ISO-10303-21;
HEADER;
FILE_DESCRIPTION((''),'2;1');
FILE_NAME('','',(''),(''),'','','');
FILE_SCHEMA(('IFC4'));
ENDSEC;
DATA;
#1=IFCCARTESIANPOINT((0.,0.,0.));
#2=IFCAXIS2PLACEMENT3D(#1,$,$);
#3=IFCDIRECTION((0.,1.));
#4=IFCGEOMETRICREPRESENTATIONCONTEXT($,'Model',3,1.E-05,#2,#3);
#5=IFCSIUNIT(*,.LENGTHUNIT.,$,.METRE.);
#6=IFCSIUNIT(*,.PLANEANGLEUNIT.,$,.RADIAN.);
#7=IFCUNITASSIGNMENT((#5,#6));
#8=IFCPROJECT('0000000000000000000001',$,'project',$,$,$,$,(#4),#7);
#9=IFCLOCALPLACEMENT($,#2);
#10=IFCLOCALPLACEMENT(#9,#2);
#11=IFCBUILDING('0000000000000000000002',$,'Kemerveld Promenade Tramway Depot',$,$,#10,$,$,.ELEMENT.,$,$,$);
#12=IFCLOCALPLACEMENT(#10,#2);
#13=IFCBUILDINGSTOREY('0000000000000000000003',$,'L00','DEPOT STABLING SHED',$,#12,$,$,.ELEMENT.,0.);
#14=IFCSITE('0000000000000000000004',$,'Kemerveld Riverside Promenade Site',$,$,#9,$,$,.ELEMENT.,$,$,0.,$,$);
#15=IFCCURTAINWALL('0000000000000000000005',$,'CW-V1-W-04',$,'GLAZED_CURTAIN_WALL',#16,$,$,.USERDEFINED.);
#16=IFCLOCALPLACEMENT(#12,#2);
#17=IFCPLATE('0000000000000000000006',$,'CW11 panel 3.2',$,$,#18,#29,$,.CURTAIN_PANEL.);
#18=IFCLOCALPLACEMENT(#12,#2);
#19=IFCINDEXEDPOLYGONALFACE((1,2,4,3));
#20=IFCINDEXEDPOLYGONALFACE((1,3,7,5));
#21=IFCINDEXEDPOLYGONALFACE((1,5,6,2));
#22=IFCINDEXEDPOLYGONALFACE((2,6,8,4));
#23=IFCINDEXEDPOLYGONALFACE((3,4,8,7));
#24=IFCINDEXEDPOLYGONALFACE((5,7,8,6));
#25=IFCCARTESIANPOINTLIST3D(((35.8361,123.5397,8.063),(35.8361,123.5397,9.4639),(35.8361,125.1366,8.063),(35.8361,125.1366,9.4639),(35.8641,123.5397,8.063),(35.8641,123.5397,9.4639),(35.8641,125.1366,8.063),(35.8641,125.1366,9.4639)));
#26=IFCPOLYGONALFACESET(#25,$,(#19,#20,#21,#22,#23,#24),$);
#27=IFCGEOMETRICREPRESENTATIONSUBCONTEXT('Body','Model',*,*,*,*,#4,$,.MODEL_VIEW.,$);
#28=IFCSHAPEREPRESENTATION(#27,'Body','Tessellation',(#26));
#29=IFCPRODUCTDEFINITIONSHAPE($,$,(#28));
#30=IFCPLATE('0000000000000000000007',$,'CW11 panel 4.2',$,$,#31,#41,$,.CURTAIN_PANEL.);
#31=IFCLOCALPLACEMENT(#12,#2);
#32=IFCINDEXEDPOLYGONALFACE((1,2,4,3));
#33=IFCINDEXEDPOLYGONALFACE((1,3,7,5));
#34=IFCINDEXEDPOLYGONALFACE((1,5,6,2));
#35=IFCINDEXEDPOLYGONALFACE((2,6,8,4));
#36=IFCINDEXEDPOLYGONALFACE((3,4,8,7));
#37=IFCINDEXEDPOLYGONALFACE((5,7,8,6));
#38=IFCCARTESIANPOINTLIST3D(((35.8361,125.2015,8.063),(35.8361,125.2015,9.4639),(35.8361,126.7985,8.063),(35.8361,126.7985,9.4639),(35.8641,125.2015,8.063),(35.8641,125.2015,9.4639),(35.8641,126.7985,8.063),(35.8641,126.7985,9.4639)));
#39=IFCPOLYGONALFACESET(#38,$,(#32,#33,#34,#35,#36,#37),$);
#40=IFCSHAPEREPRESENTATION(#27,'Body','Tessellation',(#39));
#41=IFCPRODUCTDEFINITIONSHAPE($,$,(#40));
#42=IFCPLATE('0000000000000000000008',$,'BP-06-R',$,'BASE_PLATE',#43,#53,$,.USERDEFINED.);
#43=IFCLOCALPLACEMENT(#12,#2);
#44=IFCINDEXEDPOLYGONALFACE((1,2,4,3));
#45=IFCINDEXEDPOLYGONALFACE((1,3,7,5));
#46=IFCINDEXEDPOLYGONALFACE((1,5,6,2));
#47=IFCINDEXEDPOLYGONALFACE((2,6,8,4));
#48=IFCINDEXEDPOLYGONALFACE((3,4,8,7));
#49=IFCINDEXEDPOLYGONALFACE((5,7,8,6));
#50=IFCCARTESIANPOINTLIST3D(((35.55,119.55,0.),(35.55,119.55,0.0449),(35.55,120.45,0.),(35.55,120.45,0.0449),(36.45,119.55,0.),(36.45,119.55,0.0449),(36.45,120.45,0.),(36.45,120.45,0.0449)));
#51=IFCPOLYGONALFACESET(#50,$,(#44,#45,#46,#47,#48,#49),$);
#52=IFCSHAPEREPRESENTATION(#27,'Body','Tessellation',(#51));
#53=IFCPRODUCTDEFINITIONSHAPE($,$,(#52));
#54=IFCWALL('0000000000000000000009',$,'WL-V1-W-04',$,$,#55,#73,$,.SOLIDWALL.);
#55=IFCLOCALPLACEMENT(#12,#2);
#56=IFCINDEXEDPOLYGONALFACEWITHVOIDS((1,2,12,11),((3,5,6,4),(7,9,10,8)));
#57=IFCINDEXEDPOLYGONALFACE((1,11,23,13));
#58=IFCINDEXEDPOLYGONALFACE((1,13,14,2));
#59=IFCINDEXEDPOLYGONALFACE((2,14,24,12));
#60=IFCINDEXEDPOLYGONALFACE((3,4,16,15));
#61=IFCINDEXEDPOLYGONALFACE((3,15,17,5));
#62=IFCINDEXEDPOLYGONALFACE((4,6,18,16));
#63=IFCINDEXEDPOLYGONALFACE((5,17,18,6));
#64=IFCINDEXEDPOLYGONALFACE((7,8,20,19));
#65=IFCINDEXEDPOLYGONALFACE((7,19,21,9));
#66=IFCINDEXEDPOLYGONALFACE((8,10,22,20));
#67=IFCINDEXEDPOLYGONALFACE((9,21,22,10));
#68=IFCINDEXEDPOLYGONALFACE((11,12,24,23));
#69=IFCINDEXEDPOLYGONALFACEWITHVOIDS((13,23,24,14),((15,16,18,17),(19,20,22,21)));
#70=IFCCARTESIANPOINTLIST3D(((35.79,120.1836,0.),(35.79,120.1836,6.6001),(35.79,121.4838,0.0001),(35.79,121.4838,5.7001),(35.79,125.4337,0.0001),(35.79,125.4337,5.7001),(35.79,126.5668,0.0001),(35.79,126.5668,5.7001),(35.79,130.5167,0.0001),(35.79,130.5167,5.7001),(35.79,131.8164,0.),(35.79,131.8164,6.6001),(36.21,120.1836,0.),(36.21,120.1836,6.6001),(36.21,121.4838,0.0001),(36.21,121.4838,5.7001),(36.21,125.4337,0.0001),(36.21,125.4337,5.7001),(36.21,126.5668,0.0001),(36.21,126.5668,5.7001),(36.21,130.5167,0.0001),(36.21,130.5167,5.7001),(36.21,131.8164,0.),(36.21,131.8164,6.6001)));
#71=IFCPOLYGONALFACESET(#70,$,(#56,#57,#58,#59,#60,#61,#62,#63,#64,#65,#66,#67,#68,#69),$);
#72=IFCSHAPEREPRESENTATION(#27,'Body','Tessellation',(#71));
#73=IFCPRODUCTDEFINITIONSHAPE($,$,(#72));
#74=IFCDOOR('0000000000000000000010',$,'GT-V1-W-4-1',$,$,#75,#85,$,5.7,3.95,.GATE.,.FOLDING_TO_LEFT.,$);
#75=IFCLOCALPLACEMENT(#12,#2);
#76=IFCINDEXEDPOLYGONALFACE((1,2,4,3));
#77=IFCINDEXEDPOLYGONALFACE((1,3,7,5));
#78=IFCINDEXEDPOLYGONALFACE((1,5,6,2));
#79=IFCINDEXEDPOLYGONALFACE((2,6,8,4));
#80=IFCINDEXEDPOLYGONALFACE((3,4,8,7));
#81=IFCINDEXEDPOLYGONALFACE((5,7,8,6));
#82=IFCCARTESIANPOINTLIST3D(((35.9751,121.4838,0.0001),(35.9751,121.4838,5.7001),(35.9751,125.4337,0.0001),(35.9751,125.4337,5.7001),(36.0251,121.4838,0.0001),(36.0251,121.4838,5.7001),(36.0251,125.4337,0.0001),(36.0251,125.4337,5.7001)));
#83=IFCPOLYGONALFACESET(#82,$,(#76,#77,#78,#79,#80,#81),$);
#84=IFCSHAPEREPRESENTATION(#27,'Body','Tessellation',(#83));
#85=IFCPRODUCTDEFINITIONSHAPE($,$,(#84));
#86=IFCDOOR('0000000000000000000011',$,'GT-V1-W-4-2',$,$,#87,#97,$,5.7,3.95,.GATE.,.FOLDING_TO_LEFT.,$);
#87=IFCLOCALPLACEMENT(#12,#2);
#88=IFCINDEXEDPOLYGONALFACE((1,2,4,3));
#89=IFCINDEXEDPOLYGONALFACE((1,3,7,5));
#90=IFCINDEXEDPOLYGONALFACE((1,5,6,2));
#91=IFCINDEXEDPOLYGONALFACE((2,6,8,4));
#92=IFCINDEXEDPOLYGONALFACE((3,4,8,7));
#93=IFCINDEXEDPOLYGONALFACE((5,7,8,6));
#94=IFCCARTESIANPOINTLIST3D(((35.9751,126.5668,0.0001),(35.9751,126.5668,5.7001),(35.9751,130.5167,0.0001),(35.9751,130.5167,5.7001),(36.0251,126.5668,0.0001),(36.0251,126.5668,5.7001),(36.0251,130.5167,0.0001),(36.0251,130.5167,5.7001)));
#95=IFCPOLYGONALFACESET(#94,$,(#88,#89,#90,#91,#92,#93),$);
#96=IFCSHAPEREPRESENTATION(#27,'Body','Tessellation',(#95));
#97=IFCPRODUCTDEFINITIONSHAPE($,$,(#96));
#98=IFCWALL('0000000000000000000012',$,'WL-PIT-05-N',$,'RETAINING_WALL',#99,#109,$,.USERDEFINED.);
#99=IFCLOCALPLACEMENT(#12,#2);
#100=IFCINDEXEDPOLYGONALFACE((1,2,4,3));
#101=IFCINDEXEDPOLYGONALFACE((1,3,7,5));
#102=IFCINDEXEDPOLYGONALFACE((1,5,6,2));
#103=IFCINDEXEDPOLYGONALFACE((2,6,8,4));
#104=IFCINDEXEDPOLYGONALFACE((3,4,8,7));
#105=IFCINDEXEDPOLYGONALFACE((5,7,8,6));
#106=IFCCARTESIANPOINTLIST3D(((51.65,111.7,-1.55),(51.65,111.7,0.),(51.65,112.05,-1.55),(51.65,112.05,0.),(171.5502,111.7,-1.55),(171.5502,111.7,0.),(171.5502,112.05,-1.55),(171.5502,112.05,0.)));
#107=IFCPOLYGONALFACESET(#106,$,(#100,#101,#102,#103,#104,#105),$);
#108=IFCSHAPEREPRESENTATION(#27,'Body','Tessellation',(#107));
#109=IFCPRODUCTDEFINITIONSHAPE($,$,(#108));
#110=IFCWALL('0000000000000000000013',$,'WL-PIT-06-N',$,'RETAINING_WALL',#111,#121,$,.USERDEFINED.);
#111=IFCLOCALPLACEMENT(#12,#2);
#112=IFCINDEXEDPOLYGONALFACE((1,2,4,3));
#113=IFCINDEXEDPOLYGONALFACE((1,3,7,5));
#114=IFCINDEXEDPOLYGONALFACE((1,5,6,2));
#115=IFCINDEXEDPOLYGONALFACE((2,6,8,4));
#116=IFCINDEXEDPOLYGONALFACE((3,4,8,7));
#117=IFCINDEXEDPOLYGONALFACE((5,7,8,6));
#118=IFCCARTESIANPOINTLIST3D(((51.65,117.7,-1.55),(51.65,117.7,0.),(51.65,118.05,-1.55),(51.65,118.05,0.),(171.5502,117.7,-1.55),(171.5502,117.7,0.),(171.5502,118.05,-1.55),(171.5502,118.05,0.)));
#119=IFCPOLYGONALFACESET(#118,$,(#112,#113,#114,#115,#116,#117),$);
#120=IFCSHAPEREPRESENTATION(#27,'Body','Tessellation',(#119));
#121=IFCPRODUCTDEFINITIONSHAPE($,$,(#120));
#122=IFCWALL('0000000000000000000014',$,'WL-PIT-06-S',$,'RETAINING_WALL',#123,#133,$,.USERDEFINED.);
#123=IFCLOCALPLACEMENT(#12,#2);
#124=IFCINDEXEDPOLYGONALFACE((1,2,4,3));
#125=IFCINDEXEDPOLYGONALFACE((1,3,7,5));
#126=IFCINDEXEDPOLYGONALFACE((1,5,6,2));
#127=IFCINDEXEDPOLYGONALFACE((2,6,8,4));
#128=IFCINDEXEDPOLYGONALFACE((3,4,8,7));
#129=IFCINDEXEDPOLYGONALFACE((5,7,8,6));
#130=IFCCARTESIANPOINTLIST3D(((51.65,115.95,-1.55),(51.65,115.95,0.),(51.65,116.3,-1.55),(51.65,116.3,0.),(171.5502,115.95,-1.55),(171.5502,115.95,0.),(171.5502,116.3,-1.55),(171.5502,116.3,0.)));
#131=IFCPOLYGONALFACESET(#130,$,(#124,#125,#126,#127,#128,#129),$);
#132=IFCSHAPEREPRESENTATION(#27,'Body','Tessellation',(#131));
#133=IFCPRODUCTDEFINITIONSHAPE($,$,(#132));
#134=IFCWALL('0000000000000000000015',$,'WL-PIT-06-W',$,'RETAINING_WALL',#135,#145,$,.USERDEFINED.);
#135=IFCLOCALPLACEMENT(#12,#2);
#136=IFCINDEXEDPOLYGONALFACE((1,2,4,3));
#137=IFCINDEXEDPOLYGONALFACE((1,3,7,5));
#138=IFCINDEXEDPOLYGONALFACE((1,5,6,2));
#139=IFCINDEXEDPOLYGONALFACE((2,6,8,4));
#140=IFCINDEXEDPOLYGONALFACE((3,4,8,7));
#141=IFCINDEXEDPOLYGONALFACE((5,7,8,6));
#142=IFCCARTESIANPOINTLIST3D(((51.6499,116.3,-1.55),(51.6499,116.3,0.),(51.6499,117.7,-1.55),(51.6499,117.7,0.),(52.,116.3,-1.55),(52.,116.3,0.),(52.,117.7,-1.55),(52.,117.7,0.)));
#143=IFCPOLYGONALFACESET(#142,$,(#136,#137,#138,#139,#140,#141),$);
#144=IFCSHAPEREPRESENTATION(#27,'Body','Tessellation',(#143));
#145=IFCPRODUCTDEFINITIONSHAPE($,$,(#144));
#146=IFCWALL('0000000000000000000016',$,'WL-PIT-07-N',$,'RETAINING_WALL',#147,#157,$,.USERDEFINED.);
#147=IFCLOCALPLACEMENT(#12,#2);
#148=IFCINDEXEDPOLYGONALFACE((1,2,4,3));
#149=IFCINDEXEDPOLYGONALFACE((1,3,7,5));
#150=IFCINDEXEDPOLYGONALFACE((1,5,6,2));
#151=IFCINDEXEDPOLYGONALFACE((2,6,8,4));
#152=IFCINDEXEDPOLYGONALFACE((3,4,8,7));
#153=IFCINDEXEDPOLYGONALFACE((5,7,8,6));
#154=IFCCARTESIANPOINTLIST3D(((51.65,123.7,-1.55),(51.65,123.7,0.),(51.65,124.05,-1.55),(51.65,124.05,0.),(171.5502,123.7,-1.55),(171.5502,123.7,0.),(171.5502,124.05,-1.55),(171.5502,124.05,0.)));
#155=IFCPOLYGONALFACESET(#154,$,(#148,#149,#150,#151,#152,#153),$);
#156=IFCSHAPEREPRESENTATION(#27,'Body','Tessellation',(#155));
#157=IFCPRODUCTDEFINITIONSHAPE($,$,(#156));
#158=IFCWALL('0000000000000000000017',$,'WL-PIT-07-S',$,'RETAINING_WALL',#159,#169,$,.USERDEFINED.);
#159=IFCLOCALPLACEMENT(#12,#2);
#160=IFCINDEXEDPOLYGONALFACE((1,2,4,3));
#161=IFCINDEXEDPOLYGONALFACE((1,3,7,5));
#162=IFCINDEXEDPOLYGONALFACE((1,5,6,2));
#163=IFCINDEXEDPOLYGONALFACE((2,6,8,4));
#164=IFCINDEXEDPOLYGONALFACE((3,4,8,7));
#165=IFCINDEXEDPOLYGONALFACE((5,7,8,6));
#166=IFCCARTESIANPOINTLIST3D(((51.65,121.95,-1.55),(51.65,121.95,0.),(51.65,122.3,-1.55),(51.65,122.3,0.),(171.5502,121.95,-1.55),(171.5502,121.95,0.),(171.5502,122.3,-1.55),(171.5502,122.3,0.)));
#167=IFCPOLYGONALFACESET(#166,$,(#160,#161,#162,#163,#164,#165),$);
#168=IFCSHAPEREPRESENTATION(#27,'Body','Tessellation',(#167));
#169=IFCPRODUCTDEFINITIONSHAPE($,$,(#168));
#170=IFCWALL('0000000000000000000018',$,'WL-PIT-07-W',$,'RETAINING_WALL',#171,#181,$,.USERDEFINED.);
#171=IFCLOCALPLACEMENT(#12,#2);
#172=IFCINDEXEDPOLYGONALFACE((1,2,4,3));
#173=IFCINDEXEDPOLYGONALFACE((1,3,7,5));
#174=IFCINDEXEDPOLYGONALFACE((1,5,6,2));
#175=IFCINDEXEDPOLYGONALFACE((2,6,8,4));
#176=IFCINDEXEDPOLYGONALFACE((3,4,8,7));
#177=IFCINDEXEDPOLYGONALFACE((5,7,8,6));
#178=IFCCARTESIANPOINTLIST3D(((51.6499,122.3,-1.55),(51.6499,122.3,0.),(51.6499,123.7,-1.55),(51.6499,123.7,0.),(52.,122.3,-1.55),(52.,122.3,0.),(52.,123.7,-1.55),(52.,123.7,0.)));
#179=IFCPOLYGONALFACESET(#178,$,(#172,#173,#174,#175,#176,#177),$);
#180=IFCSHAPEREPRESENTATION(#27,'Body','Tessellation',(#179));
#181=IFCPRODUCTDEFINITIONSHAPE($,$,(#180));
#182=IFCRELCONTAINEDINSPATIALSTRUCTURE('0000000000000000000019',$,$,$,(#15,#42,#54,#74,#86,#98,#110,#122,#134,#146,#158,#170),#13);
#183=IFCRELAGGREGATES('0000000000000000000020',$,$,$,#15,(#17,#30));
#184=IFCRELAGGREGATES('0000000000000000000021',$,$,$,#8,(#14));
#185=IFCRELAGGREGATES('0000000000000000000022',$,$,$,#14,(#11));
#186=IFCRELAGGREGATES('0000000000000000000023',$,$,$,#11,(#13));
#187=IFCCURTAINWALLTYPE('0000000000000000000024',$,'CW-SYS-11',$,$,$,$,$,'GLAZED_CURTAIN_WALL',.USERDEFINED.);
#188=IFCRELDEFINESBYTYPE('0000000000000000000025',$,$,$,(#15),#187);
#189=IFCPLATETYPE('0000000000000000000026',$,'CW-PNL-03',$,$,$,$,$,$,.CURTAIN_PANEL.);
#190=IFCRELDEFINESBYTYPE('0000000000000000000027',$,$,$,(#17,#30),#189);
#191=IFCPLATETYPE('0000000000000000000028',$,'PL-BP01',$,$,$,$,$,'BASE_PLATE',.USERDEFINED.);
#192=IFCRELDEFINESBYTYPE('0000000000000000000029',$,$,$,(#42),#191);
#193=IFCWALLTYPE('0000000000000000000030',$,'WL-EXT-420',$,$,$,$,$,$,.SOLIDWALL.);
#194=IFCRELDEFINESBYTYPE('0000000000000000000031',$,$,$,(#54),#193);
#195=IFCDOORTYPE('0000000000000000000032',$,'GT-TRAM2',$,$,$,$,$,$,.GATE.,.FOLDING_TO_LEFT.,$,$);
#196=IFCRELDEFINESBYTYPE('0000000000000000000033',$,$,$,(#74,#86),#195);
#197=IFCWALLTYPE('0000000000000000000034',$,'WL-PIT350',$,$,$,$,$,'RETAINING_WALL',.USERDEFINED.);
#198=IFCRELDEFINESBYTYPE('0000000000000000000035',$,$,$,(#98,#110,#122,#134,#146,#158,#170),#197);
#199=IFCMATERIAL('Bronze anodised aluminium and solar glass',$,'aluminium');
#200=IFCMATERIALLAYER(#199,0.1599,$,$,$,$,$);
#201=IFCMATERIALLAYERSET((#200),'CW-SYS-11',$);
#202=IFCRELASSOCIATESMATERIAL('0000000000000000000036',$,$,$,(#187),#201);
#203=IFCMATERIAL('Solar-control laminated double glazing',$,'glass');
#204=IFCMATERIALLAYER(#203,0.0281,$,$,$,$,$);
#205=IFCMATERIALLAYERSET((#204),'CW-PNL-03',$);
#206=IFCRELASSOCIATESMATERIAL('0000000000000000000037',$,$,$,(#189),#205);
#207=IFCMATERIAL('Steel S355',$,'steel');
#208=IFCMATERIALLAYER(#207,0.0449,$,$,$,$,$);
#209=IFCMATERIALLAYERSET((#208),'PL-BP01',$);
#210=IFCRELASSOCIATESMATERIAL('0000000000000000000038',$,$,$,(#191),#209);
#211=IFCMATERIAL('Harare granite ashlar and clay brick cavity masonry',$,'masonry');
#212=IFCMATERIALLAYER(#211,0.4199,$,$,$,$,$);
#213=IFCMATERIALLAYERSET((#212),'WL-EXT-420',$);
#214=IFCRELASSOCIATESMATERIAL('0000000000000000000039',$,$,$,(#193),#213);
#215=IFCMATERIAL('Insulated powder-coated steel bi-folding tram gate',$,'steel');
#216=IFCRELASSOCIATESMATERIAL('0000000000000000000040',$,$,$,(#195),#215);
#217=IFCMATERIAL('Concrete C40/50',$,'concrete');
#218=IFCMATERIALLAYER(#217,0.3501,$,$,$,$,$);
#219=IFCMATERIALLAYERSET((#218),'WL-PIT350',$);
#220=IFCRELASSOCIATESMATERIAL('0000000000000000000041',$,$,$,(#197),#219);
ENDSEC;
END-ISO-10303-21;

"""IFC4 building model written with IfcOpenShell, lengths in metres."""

from ifc_helpers import new_model, si_unit, direction, frame, frame_2d, origin, origin_2d, place, context, subcontext, project, spatial, rectangle, extrude, material, layer, layer_set, type_object, element, fill, aggregate, save


model = new_model("IFC4")

# Units and contexts
model_context = context("Model", 3, precision=1e-05, world=origin(), true_north=direction((0.0, 1.0)))
body_context = subcontext(model_context, "Body", "Model", "MODEL_VIEW")
ifc_project = project(units=[si_unit("LENGTHUNIT", "METRE"), si_unit("PLANEANGLEUNIT", "RADIAN")], contexts=[model_context])

# Site, building, storey
site_placement = place(None, origin())
site = spatial("IfcSite", under=ifc_project, at=site_placement, Name="Kemerveld Riverside Promenade Site", CompositionType="ELEMENT", RefElevation=0.0)
building_placement = place(site_placement, origin())
building = spatial("IfcBuilding", under=site, at=building_placement, Name="Kemerveld Promenade Tramway Depot", CompositionType="ELEMENT")
storey_placement = place(building_placement, origin())
storey = spatial("IfcBuildingStorey", under=building, at=storey_placement, Name="L00", Description="DEPOT STABLING SHED", CompositionType="ELEMENT", Elevation=0.0)

# Shared definitions
ifc_material_1 = material(Name="Steel S355", Category="steel")

# Curtain wall
ifc_material_2 = material(Name="Bronze anodised aluminium and solar glass", Category="aluminium")
ifc_layer_1 = layer(ifc_material_2, 0.1599)
ifc_layer_set_1 = layer_set([ifc_layer_1], Name="CW-SYS-11")
curtain_wall_type_1 = type_object("IfcCurtainWallType", Name="CW-SYS-11", ElementType="GLAZED_CURTAIN_WALL", PredefinedType="USERDEFINED", material=ifc_layer_set_1)
curtain_wall_1_placement = place(storey_placement, origin())
curtain_wall_1 = element("IfcCurtainWall", 1, at=curtain_wall_1_placement, inside=storey, type_object=curtain_wall_type_1, Name="CW-V1-W-04", ObjectType="GLAZED_CURTAIN_WALL", PredefinedType="USERDEFINED")

# Shared definitions
ifc_material_3 = material(Name="Solar-control laminated double glazing", Category="glass")

# Plates
ifc_layer_2 = layer(ifc_material_3, 0.0281)
ifc_layer_set_2 = layer_set([ifc_layer_2], Name="CW-PNL-03")
plate_type_1 = type_object("IfcPlateType", Name="CW-PNL-03", PredefinedType="CURTAIN_PANEL", material=ifc_layer_set_2)
plate_1_placement = place(storey_placement, frame((35.8501, 124.3381, 8.063), z_axis=(0.0, 0.0, 1.0), x_axis=(0.0, 1.0, 0.0)))
plate_1 = element("IfcPlate", 2, at=plate_1_placement, type_object=plate_type_1, Name="CW11 panel 3.2", PredefinedType="CURTAIN_PANEL", context=body_context, shape_type="SweptSolid", body=[
    extrude(rectangle(XDim=1.5969, YDim=0.0281, at=origin_2d()), origin(), (0.0, 0.0, 1.0), 1.4009),
])
plate_2_placement = place(storey_placement, frame((35.8501, 126.0, 8.063), z_axis=(0.0, 0.0, 1.0), x_axis=(0.0, 1.0, 0.0)))
plate_2 = element("IfcPlate", 3, at=plate_2_placement, type_object=plate_type_1, Name="CW11 panel 4.2", PredefinedType="CURTAIN_PANEL", context=body_context, shape_type="SweptSolid", body=[
    extrude(rectangle(XDim=1.5969, YDim=0.0281, at=origin_2d()), origin(), (0.0, 0.0, 1.0), 1.4009),
])
aggregate(curtain_wall_1, [plate_1, plate_2])
ifc_layer_3 = layer(ifc_material_1, 0.0449)
ifc_layer_set_3 = layer_set([ifc_layer_3], Name="PL-BP01")
plate_type_2 = type_object("IfcPlateType", Name="PL-BP01", ElementType="BASE_PLATE", PredefinedType="USERDEFINED", material=ifc_layer_set_3)
plate_3_placement = place(storey_placement, frame((36.0, 120.0, 0.0), z_axis=(0.0, 0.0, 1.0), x_axis=(1.0, 0.0, 0.0)))
element("IfcPlate", 4, at=plate_3_placement, inside=storey, type_object=plate_type_2, Name="BP-06-R", ObjectType="BASE_PLATE", PredefinedType="USERDEFINED", context=body_context, shape_type="SweptSolid", body=[
    extrude(rectangle(XDim=0.8999, YDim=0.8999, at=origin_2d()), origin(), (0.0, 0.0, 1.0), 0.0449),
])

# Wall, openings, doors
ifc_material_4 = material(Name="Harare granite ashlar and clay brick cavity masonry", Category="masonry")
ifc_layer_4 = layer(ifc_material_4, 0.4199)
ifc_layer_set_4 = layer_set([ifc_layer_4], Name="WL-EXT-420")
wall_type_1 = type_object("IfcWallType", Name="WL-EXT-420", PredefinedType="SOLIDWALL", material=ifc_layer_set_4)
wall_1_placement = place(storey_placement, frame((36.0, 120.1836, 0.0), z_axis=(0.0, 0.0, 1.0), x_axis=(0.0, 1.0, 0.0)))
wall_1 = element("IfcWall", 5, at=wall_1_placement, inside=storey, type_object=wall_type_1, Name="WL-V1-W-04", PredefinedType="SOLIDWALL", context=body_context, shape_type="SweptSolid", body=[
    extrude(rectangle(XDim=11.6328, YDim=0.4199, at=frame_2d((5.8164, 0.0))), origin(), (0.0, 0.0, 1.0), 6.6001),
])
opening_1_placement = place(wall_1_placement, frame((1.3, 0.0, 0.0)))
opening_1 = element("IfcOpeningElement", 6, at=opening_1_placement, cuts=wall_1, PredefinedType="OPENING", context=body_context, shape_type="SweptSolid", body=[
    extrude(rectangle(XDim=3.95, YDim=5.7, at=frame_2d((1.9751, 2.8501))), frame((0.0, 0.22, 0.0), z_axis=(0.0, -1.0, 0.0), x_axis=(1.0, 0.0, 0.0)), (0.0, 0.0, 1.0), 0.4399),
])
opening_2_placement = place(wall_1_placement, frame((6.3831, 0.0, 0.0)))
opening_2 = element("IfcOpeningElement", 7, at=opening_2_placement, cuts=wall_1, PredefinedType="OPENING", context=body_context, shape_type="SweptSolid", body=[
    extrude(rectangle(XDim=3.95, YDim=5.7, at=frame_2d((1.9751, 2.8501))), frame((0.0, 0.22, 0.0), z_axis=(0.0, -1.0, 0.0), x_axis=(1.0, 0.0, 0.0)), (0.0, 0.0, 1.0), 0.4399),
])
ifc_material_5 = material(Name="Insulated powder-coated steel bi-folding tram gate", Category="steel")
door_type = type_object("IfcDoorType", Name="GT-TRAM2", OperationType="FOLDING_TO_LEFT", PredefinedType="GATE", material=ifc_material_5)
door_1_placement = place(opening_1_placement, origin())
door_1 = element("IfcDoor", 8, at=door_1_placement, inside=storey, type_object=door_type, Name="GT-V1-W-4-1", OperationType="FOLDING_TO_LEFT", OverallHeight=5.7, OverallWidth=3.95, PredefinedType="GATE", context=body_context, shape_type="SweptSolid", body=[
    extrude(rectangle(XDim=3.95, YDim=5.7, at=frame_2d((1.9751, 2.8501))), frame((0.0, 0.0249, 0.0), z_axis=(0.0, -1.0, 0.0), x_axis=(1.0, 0.0, 0.0)), (0.0, 0.0, 1.0), 0.05),
])
fill(opening_1, door_1)
door_2_placement = place(opening_2_placement, origin())
door_2 = element("IfcDoor", 9, at=door_2_placement, inside=storey, type_object=door_type, Name="GT-V1-W-4-2", OperationType="FOLDING_TO_LEFT", OverallHeight=5.7, OverallWidth=3.95, PredefinedType="GATE", context=body_context, shape_type="SweptSolid", body=[
    extrude(rectangle(XDim=3.95, YDim=5.7, at=frame_2d((1.9751, 2.8501))), frame((0.0, 0.0249, 0.0), z_axis=(0.0, -1.0, 0.0), x_axis=(1.0, 0.0, 0.0)), (0.0, 0.0, 1.0), 0.05),
])
fill(opening_2, door_2)

# Walls
ifc_material_6 = material(Name="Concrete C40/50", Category="concrete")
ifc_layer_5 = layer(ifc_material_6, 0.3501)
ifc_layer_set_5 = layer_set([ifc_layer_5], Name="WL-PIT350")
wall_type_2 = type_object("IfcWallType", Name="WL-PIT350", ElementType="RETAINING_WALL", PredefinedType="USERDEFINED", material=ifc_layer_set_5)
for number, where, z_axis, x_axis, name in (
    (10, (51.6499, 111.875, -1.55), (0.0, 0.0, 1.0), (1.0, 0.0, 0.0), "WL-PIT-05-N"),
    (11, (51.6499, 117.875, -1.55), (0.0, 0.0, 1.0), (1.0, 0.0, 0.0), "WL-PIT-06-N"),
    (12, (51.6499, 116.125, -1.55), (0.0, 0.0, 1.0), (1.0, 0.0, 0.0), "WL-PIT-06-S"),
):
    element("IfcWall", number, at=place(storey_placement, frame(where, z_axis=z_axis, x_axis=x_axis)), inside=storey, type_object=wall_type_2, Name=name, ObjectType="RETAINING_WALL", PredefinedType="USERDEFINED", context=body_context, shape_type="SweptSolid", body=[
        extrude(rectangle(XDim=119.9001, YDim=0.3501, at=frame_2d((59.9502, 0.0))), origin(), (0.0, 0.0, 1.0), 1.55),
    ])
wall_2_placement = place(storey_placement, frame((51.825, 116.3, -1.55), z_axis=(0.0, 0.0, 1.0), x_axis=(0.0, 1.0, 0.0)))
element("IfcWall", 13, at=wall_2_placement, inside=storey, type_object=wall_type_2, Name="WL-PIT-06-W", ObjectType="RETAINING_WALL", PredefinedType="USERDEFINED", context=body_context, shape_type="SweptSolid", body=[
    extrude(rectangle(XDim=1.3999, YDim=0.3501, at=frame_2d((0.7, 0.0))), origin(), (0.0, 0.0, 1.0), 1.55),
])
for number, where, z_axis, x_axis, name in (
    (14, (51.6499, 123.875, -1.55), (0.0, 0.0, 1.0), (1.0, 0.0, 0.0), "WL-PIT-07-N"),
    (15, (51.6499, 122.125, -1.55), (0.0, 0.0, 1.0), (1.0, 0.0, 0.0), "WL-PIT-07-S"),
):
    element("IfcWall", number, at=place(storey_placement, frame(where, z_axis=z_axis, x_axis=x_axis)), inside=storey, type_object=wall_type_2, Name=name, ObjectType="RETAINING_WALL", PredefinedType="USERDEFINED", context=body_context, shape_type="SweptSolid", body=[
        extrude(rectangle(XDim=119.9001, YDim=0.3501, at=frame_2d((59.9502, 0.0))), origin(), (0.0, 0.0, 1.0), 1.55),
    ])
wall_3_placement = place(storey_placement, frame((51.825, 122.3, -1.55), z_axis=(0.0, 0.0, 1.0), x_axis=(0.0, 1.0, 0.0)))
element("IfcWall", 16, at=wall_3_placement, inside=storey, type_object=wall_type_2, Name="WL-PIT-07-W", ObjectType="RETAINING_WALL", PredefinedType="USERDEFINED", context=body_context, shape_type="SweptSolid", body=[
    extrude(rectangle(XDim=1.3999, YDim=0.3501, at=frame_2d((0.7, 0.0))), origin(), (0.0, 0.0, 1.0), 1.55),
])

save(model, "model.ifc")
